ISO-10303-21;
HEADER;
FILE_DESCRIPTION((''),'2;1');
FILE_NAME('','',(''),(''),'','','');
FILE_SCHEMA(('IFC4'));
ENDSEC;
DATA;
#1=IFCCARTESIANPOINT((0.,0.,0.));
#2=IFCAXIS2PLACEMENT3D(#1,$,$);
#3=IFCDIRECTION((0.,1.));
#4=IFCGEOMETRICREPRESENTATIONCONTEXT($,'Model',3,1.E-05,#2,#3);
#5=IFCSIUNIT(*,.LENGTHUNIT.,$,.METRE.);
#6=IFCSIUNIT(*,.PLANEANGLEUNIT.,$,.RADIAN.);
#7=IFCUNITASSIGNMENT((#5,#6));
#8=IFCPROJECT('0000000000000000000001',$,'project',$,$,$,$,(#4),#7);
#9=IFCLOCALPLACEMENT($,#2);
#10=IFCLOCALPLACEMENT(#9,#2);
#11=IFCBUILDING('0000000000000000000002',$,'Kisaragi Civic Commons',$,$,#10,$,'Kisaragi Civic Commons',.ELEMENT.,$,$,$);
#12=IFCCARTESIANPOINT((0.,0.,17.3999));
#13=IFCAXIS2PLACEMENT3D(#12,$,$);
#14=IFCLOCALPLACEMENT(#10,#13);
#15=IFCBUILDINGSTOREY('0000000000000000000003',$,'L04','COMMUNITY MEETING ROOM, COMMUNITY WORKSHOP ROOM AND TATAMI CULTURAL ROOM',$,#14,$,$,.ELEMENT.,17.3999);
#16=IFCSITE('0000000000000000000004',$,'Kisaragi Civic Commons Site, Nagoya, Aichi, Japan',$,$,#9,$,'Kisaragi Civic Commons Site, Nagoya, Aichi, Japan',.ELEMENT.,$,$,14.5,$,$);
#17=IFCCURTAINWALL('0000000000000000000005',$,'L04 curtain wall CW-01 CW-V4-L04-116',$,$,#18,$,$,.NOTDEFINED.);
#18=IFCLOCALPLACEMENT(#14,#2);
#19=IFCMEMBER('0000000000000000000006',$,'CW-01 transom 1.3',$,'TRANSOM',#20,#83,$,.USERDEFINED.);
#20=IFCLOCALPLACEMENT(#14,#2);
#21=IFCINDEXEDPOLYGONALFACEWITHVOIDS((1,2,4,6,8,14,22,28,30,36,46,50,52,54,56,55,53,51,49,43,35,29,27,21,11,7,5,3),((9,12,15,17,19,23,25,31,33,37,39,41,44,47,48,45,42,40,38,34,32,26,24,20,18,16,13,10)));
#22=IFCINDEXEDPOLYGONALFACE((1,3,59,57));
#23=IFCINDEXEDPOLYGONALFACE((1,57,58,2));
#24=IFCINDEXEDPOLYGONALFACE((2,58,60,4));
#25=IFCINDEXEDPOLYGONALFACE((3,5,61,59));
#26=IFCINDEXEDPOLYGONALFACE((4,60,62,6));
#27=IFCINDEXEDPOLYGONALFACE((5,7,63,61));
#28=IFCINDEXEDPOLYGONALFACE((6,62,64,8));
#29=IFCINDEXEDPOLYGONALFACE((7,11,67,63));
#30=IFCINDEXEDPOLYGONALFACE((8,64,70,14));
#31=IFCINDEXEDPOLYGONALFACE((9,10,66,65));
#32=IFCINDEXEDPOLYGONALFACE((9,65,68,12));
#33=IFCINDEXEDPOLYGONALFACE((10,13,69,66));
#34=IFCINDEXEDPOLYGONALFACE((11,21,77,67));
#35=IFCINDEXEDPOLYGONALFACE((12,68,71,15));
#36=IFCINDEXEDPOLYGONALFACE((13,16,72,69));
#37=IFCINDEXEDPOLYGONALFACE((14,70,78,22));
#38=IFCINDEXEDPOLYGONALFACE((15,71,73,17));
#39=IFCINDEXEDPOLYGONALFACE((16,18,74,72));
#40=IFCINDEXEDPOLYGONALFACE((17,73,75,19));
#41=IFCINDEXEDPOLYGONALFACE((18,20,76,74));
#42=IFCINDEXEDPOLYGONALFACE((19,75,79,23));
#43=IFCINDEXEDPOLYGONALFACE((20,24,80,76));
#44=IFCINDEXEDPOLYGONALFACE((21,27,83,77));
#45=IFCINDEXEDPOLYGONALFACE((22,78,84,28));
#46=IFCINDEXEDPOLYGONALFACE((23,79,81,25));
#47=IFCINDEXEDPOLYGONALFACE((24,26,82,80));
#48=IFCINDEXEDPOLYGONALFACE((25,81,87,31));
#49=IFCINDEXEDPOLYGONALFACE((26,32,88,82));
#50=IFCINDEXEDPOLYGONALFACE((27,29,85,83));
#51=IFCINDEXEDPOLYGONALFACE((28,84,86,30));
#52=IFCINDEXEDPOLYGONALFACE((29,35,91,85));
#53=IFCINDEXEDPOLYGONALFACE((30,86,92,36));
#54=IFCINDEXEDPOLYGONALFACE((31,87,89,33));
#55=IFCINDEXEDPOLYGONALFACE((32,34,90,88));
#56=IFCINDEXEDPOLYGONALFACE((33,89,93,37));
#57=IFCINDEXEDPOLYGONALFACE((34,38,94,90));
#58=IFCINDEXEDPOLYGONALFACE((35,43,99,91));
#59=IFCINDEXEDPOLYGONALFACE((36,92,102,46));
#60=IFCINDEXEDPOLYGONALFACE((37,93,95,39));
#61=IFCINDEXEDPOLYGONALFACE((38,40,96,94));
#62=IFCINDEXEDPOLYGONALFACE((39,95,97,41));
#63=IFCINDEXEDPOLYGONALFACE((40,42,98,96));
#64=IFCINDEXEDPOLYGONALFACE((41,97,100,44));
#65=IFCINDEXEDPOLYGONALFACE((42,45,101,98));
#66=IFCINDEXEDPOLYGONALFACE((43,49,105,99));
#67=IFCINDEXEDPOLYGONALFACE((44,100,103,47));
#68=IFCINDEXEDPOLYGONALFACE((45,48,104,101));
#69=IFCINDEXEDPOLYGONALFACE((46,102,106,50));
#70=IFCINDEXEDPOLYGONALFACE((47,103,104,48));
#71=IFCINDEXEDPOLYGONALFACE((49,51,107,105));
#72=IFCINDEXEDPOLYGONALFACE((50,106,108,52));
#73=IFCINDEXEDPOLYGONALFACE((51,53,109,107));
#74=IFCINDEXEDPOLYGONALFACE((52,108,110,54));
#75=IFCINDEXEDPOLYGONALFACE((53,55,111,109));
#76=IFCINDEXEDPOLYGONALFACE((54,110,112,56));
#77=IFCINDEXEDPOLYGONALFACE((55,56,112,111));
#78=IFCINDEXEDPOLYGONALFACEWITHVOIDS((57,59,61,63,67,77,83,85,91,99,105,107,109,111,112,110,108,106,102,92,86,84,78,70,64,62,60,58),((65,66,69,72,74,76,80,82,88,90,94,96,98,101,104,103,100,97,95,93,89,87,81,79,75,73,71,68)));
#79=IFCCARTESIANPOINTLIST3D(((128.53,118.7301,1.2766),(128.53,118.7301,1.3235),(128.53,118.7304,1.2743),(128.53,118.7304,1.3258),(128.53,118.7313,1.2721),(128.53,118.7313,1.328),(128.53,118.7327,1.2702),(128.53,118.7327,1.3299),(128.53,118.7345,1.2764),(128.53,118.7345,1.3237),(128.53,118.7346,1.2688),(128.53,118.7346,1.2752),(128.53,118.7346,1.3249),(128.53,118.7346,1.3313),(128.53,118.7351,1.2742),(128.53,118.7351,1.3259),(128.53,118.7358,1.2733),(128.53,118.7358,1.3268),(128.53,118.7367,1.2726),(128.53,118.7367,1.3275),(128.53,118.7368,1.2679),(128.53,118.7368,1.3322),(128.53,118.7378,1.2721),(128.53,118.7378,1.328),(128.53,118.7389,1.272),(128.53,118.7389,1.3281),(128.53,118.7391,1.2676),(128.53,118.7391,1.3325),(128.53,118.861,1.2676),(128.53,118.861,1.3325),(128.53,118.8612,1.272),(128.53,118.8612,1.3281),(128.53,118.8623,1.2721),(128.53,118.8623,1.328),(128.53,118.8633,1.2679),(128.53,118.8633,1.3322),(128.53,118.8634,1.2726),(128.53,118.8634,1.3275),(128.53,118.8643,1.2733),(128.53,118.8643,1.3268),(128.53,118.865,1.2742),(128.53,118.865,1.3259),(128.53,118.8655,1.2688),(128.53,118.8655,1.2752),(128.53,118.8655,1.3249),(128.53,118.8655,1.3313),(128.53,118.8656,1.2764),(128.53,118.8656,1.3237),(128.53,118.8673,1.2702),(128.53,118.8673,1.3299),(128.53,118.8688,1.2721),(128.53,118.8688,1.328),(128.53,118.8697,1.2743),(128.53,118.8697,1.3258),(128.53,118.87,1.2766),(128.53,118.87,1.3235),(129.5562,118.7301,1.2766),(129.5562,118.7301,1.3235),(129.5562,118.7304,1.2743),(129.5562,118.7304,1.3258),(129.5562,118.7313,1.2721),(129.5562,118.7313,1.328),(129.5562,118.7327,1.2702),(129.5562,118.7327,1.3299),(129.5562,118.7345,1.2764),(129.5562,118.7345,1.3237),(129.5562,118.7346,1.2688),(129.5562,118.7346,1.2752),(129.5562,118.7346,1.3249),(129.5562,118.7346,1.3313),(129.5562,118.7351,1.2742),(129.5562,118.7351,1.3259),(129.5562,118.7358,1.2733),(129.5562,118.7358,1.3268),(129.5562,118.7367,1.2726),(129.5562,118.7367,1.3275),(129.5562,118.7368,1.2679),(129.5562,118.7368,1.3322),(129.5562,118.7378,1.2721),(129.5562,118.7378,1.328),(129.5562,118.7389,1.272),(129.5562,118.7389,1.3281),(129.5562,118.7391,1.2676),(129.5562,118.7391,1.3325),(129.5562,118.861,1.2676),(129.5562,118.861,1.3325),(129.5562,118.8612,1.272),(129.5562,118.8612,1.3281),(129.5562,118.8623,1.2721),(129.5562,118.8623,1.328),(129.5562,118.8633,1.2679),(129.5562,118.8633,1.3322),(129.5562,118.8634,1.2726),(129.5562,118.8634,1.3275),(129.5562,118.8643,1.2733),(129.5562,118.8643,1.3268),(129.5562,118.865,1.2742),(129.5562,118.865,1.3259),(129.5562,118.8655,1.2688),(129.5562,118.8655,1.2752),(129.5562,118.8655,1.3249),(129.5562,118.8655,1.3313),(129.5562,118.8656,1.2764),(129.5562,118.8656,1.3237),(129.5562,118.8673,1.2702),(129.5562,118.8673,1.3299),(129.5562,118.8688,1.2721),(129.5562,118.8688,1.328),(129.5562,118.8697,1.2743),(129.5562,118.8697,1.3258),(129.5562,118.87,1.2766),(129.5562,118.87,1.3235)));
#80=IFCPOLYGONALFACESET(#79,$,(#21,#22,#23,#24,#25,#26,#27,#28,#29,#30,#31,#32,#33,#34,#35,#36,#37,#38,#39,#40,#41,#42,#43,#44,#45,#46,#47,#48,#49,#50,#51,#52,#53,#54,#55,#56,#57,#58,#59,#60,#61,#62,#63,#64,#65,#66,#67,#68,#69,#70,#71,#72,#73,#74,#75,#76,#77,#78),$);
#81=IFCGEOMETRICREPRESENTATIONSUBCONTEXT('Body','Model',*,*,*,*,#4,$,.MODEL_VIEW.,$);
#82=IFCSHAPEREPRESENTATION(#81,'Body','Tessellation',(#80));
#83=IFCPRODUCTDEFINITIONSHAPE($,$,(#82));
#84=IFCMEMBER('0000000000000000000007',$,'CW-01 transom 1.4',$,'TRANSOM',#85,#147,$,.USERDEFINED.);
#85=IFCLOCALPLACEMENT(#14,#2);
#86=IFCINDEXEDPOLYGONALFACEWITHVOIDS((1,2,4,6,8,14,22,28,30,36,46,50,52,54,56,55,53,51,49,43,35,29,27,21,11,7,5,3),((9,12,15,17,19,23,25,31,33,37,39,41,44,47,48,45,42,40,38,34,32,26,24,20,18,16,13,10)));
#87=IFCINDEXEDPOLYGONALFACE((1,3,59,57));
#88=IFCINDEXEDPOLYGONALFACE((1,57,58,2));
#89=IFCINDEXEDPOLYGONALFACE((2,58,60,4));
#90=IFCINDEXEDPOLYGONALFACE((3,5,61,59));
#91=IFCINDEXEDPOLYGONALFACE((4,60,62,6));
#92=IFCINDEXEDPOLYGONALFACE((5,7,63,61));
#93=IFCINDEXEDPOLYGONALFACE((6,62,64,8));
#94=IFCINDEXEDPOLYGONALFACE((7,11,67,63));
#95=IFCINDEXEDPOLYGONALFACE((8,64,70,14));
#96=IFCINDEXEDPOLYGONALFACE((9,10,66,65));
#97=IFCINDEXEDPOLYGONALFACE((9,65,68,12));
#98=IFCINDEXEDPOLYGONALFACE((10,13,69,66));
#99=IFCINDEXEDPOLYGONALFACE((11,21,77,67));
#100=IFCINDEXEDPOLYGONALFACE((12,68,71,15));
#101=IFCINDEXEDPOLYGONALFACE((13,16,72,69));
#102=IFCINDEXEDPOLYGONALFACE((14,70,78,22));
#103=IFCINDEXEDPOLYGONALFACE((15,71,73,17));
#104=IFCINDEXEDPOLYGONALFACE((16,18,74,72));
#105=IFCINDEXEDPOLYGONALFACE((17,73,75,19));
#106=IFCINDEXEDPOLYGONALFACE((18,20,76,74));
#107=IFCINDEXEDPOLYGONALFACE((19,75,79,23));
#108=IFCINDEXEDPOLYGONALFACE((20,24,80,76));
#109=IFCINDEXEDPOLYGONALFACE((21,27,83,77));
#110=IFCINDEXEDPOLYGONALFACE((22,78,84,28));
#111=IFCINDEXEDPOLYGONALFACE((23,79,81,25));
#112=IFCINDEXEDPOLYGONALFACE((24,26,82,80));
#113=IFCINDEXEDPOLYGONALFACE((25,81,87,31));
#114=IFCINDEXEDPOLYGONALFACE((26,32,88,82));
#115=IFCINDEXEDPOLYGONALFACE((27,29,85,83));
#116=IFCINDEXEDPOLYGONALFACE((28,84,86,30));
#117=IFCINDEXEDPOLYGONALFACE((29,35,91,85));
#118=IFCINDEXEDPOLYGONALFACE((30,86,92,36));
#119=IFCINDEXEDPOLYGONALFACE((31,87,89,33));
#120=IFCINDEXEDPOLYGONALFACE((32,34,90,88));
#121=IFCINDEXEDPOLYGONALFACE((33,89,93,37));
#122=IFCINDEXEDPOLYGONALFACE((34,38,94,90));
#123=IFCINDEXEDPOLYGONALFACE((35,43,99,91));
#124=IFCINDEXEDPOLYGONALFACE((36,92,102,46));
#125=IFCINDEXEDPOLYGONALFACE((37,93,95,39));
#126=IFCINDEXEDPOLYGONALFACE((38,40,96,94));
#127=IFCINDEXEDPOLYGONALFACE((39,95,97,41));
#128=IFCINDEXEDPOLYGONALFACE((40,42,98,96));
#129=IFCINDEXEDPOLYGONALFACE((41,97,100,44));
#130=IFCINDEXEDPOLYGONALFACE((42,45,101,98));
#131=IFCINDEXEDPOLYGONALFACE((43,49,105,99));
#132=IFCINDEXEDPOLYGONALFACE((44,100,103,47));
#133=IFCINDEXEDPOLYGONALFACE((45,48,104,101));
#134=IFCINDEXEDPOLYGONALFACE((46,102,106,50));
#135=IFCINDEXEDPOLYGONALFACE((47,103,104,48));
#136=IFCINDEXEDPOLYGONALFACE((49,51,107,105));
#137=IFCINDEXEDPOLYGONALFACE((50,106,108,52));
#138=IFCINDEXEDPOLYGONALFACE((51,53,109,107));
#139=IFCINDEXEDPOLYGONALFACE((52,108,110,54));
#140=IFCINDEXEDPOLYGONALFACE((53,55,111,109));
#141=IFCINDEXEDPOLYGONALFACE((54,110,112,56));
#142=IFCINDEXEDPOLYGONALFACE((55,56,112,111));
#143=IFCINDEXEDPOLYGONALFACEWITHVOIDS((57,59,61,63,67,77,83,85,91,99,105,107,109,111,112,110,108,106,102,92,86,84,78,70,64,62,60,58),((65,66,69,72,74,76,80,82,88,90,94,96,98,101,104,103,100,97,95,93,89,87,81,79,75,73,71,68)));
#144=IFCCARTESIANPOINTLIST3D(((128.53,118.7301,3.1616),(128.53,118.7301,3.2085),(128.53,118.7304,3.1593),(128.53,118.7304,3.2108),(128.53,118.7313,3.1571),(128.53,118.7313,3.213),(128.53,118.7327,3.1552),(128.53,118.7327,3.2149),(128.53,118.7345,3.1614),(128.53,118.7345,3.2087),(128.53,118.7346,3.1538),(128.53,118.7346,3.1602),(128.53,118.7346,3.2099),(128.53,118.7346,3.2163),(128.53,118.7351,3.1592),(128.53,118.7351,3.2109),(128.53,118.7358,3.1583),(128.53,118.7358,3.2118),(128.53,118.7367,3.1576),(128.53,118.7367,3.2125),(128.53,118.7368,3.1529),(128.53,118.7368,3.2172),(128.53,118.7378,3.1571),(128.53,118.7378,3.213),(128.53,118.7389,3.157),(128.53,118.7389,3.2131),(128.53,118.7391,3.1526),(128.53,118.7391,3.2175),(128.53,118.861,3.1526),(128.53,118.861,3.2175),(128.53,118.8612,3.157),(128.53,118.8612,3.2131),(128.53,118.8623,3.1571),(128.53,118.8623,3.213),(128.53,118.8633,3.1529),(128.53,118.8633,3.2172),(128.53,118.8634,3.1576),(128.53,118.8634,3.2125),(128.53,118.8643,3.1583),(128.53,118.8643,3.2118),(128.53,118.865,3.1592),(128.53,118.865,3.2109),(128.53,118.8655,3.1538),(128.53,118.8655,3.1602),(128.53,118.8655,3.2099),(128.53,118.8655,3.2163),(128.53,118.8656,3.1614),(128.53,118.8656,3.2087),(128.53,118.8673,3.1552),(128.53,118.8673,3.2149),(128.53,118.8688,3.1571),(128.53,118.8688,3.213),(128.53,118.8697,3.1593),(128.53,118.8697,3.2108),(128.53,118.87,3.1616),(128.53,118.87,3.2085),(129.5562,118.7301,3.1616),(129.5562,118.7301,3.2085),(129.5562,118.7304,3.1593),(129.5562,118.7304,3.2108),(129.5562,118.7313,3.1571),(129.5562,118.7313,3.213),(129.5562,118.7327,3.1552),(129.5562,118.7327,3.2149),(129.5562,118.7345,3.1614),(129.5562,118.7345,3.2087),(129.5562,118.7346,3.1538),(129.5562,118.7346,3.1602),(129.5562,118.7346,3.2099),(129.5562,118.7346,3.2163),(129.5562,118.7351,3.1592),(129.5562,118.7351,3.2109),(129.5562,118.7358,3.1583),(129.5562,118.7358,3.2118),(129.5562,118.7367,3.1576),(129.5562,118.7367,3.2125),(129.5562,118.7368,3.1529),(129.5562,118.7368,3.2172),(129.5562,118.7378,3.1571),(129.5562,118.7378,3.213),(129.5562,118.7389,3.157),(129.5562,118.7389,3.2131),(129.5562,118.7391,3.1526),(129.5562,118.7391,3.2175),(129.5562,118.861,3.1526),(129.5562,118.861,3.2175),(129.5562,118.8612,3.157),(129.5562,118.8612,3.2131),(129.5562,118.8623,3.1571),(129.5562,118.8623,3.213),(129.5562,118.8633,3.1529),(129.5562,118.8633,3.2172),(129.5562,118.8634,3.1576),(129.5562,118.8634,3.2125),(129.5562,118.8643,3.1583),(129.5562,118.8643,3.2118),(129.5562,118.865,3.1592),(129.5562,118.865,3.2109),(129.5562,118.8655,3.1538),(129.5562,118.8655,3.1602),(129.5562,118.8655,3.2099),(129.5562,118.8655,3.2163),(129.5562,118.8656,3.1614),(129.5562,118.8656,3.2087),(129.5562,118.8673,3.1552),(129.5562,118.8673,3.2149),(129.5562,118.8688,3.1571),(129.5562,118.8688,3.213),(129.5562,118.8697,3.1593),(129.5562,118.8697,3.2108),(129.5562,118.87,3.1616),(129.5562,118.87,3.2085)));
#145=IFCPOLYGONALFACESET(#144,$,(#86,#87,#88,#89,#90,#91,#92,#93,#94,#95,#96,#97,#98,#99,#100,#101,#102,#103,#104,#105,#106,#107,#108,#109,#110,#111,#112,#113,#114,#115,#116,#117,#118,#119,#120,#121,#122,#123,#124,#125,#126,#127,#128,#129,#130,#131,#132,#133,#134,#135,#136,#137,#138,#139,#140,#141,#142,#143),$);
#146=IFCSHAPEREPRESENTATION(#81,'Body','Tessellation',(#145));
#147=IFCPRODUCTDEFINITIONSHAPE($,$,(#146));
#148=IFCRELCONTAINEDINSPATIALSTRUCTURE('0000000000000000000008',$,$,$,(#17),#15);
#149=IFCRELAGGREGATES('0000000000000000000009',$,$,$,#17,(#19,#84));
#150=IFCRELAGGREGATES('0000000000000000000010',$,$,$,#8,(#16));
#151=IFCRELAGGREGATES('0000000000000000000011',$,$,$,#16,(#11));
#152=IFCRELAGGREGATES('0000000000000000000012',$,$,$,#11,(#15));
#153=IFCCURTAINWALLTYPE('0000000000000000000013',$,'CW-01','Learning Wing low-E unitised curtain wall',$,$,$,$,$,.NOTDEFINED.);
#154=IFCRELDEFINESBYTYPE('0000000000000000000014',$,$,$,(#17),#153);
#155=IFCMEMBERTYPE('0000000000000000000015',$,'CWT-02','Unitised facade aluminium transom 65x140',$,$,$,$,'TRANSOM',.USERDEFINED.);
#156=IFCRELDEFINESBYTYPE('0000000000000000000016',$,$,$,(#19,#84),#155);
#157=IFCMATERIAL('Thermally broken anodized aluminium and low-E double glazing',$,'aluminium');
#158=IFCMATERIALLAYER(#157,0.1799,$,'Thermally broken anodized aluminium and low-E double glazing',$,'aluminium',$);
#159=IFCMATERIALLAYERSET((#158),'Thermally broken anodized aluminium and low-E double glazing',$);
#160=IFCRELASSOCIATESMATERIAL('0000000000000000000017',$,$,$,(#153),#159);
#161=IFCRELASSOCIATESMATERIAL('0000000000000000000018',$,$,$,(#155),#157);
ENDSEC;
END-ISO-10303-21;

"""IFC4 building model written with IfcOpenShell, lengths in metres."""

from ifc_helpers import new_model, si_unit, direction, frame, origin, origin_2d, place, context, subcontext, project, spatial, hollow_rectangle, extrude, material, layer, layer_set, material_profile, profile_set, type_object, element, aggregate, save


model = new_model("IFC4")

# Units and contexts
model_context = context("Model", 3, precision=1e-05, world=origin(), true_north=direction((0.0, 1.0)))
body_context = subcontext(model_context, "Body", "Model", "MODEL_VIEW")
ifc_project = project(units=[si_unit("LENGTHUNIT", "METRE"), si_unit("PLANEANGLEUNIT", "RADIAN")], contexts=[model_context])

# Site, building, storey
site_placement = place(None, origin())
site = spatial("IfcSite", under=ifc_project, at=site_placement, Name="Kisaragi Civic Commons Site, Nagoya, Aichi, Japan", LongName="Kisaragi Civic Commons Site, Nagoya, Aichi, Japan", CompositionType="ELEMENT", RefElevation=14.5)
building_placement = place(site_placement, origin())
building = spatial("IfcBuilding", under=site, at=building_placement, Name="Kisaragi Civic Commons", LongName="Kisaragi Civic Commons", CompositionType="ELEMENT")
storey_placement = place(building_placement, frame((0.0, 0.0, 17.3999)))
storey = spatial("IfcBuildingStorey", under=building, at=storey_placement, Name="L04", Description="COMMUNITY MEETING ROOM, COMMUNITY WORKSHOP ROOM AND TATAMI CULTURAL ROOM", CompositionType="ELEMENT", Elevation=17.3999)

# Shared definitions
ifc_material_1 = material(Name="Thermally broken anodized aluminium and low-E double glazing", Category="aluminium")
ifc_layer_1 = layer(ifc_material_1, 0.1799, Name="Thermally broken anodized aluminium and low-E double glazing", Category="aluminium")
ifc_layer_set_1 = layer_set([ifc_layer_1], Name="Thermally broken anodized aluminium and low-E double glazing")
curtain_wall_type = type_object("IfcCurtainWallType", Name="CW-01", Description="Learning Wing low-E unitised curtain wall", PredefinedType="NOTDEFINED", material=ifc_layer_set_1)

# Curtain wall, members
curtain_wall_1_placement = place(storey_placement, origin())
curtain_wall_1 = element("IfcCurtainWall", 1, at=curtain_wall_1_placement, inside=storey, type_object=curtain_wall_type, Name="L04 curtain wall CW-01 CW-V4-L04-116", PredefinedType="NOTDEFINED")
ifc_material_profile_1 = material_profile(ifc_material_1, hollow_rectangle(XDim=0.1399, YDim=0.0649, WallThickness=0.0044, InnerFilletRadius=0.0044, OuterFilletRadius=0.009, at=origin_2d()), Name="CWT-65x140x4.5", Category="aluminium")
ifc_profile_set_1 = profile_set([ifc_material_profile_1], Name="Thermally broken anodized aluminium and low-E double glazing")
member_type_1 = type_object("IfcMemberType", Name="CWT-02", Description="Unitised facade aluminium transom 65x140", ElementType="TRANSOM", PredefinedType="USERDEFINED", material=ifc_profile_set_1)
member_1_placement = place(storey_placement, frame((128.53, 118.8, 1.3), z_axis=(1.0, 0.0, 0.0), x_axis=(0.0, 1.0, 0.0)))
member_1 = element("IfcMember", 2, at=member_1_placement, type_object=member_type_1, Name="CW-01 transom 1.3", ObjectType="TRANSOM", PredefinedType="USERDEFINED", context=body_context, shape_type="SweptSolid", body=[
    extrude(hollow_rectangle(XDim=0.1399, YDim=0.0649, WallThickness=0.0044, InnerFilletRadius=0.0044, OuterFilletRadius=0.009, at=origin_2d()), origin(), (0.0, 0.0, 1.0), 1.0261),
])
member_2_placement = place(storey_placement, frame((128.53, 118.8, 3.1851), z_axis=(1.0, 0.0, 0.0), x_axis=(0.0, 1.0, 0.0)))
member_2 = element("IfcMember", 3, at=member_2_placement, type_object=member_type_1, Name="CW-01 transom 1.4", ObjectType="TRANSOM", PredefinedType="USERDEFINED", context=body_context, shape_type="SweptSolid", body=[
    extrude(hollow_rectangle(XDim=0.1399, YDim=0.0649, WallThickness=0.0044, InnerFilletRadius=0.0044, OuterFilletRadius=0.009, at=origin_2d()), origin(), (0.0, 0.0, 1.0), 1.0261),
])

aggregate(curtain_wall_1, [member_1, member_2])

save(model, "model.ifc")
